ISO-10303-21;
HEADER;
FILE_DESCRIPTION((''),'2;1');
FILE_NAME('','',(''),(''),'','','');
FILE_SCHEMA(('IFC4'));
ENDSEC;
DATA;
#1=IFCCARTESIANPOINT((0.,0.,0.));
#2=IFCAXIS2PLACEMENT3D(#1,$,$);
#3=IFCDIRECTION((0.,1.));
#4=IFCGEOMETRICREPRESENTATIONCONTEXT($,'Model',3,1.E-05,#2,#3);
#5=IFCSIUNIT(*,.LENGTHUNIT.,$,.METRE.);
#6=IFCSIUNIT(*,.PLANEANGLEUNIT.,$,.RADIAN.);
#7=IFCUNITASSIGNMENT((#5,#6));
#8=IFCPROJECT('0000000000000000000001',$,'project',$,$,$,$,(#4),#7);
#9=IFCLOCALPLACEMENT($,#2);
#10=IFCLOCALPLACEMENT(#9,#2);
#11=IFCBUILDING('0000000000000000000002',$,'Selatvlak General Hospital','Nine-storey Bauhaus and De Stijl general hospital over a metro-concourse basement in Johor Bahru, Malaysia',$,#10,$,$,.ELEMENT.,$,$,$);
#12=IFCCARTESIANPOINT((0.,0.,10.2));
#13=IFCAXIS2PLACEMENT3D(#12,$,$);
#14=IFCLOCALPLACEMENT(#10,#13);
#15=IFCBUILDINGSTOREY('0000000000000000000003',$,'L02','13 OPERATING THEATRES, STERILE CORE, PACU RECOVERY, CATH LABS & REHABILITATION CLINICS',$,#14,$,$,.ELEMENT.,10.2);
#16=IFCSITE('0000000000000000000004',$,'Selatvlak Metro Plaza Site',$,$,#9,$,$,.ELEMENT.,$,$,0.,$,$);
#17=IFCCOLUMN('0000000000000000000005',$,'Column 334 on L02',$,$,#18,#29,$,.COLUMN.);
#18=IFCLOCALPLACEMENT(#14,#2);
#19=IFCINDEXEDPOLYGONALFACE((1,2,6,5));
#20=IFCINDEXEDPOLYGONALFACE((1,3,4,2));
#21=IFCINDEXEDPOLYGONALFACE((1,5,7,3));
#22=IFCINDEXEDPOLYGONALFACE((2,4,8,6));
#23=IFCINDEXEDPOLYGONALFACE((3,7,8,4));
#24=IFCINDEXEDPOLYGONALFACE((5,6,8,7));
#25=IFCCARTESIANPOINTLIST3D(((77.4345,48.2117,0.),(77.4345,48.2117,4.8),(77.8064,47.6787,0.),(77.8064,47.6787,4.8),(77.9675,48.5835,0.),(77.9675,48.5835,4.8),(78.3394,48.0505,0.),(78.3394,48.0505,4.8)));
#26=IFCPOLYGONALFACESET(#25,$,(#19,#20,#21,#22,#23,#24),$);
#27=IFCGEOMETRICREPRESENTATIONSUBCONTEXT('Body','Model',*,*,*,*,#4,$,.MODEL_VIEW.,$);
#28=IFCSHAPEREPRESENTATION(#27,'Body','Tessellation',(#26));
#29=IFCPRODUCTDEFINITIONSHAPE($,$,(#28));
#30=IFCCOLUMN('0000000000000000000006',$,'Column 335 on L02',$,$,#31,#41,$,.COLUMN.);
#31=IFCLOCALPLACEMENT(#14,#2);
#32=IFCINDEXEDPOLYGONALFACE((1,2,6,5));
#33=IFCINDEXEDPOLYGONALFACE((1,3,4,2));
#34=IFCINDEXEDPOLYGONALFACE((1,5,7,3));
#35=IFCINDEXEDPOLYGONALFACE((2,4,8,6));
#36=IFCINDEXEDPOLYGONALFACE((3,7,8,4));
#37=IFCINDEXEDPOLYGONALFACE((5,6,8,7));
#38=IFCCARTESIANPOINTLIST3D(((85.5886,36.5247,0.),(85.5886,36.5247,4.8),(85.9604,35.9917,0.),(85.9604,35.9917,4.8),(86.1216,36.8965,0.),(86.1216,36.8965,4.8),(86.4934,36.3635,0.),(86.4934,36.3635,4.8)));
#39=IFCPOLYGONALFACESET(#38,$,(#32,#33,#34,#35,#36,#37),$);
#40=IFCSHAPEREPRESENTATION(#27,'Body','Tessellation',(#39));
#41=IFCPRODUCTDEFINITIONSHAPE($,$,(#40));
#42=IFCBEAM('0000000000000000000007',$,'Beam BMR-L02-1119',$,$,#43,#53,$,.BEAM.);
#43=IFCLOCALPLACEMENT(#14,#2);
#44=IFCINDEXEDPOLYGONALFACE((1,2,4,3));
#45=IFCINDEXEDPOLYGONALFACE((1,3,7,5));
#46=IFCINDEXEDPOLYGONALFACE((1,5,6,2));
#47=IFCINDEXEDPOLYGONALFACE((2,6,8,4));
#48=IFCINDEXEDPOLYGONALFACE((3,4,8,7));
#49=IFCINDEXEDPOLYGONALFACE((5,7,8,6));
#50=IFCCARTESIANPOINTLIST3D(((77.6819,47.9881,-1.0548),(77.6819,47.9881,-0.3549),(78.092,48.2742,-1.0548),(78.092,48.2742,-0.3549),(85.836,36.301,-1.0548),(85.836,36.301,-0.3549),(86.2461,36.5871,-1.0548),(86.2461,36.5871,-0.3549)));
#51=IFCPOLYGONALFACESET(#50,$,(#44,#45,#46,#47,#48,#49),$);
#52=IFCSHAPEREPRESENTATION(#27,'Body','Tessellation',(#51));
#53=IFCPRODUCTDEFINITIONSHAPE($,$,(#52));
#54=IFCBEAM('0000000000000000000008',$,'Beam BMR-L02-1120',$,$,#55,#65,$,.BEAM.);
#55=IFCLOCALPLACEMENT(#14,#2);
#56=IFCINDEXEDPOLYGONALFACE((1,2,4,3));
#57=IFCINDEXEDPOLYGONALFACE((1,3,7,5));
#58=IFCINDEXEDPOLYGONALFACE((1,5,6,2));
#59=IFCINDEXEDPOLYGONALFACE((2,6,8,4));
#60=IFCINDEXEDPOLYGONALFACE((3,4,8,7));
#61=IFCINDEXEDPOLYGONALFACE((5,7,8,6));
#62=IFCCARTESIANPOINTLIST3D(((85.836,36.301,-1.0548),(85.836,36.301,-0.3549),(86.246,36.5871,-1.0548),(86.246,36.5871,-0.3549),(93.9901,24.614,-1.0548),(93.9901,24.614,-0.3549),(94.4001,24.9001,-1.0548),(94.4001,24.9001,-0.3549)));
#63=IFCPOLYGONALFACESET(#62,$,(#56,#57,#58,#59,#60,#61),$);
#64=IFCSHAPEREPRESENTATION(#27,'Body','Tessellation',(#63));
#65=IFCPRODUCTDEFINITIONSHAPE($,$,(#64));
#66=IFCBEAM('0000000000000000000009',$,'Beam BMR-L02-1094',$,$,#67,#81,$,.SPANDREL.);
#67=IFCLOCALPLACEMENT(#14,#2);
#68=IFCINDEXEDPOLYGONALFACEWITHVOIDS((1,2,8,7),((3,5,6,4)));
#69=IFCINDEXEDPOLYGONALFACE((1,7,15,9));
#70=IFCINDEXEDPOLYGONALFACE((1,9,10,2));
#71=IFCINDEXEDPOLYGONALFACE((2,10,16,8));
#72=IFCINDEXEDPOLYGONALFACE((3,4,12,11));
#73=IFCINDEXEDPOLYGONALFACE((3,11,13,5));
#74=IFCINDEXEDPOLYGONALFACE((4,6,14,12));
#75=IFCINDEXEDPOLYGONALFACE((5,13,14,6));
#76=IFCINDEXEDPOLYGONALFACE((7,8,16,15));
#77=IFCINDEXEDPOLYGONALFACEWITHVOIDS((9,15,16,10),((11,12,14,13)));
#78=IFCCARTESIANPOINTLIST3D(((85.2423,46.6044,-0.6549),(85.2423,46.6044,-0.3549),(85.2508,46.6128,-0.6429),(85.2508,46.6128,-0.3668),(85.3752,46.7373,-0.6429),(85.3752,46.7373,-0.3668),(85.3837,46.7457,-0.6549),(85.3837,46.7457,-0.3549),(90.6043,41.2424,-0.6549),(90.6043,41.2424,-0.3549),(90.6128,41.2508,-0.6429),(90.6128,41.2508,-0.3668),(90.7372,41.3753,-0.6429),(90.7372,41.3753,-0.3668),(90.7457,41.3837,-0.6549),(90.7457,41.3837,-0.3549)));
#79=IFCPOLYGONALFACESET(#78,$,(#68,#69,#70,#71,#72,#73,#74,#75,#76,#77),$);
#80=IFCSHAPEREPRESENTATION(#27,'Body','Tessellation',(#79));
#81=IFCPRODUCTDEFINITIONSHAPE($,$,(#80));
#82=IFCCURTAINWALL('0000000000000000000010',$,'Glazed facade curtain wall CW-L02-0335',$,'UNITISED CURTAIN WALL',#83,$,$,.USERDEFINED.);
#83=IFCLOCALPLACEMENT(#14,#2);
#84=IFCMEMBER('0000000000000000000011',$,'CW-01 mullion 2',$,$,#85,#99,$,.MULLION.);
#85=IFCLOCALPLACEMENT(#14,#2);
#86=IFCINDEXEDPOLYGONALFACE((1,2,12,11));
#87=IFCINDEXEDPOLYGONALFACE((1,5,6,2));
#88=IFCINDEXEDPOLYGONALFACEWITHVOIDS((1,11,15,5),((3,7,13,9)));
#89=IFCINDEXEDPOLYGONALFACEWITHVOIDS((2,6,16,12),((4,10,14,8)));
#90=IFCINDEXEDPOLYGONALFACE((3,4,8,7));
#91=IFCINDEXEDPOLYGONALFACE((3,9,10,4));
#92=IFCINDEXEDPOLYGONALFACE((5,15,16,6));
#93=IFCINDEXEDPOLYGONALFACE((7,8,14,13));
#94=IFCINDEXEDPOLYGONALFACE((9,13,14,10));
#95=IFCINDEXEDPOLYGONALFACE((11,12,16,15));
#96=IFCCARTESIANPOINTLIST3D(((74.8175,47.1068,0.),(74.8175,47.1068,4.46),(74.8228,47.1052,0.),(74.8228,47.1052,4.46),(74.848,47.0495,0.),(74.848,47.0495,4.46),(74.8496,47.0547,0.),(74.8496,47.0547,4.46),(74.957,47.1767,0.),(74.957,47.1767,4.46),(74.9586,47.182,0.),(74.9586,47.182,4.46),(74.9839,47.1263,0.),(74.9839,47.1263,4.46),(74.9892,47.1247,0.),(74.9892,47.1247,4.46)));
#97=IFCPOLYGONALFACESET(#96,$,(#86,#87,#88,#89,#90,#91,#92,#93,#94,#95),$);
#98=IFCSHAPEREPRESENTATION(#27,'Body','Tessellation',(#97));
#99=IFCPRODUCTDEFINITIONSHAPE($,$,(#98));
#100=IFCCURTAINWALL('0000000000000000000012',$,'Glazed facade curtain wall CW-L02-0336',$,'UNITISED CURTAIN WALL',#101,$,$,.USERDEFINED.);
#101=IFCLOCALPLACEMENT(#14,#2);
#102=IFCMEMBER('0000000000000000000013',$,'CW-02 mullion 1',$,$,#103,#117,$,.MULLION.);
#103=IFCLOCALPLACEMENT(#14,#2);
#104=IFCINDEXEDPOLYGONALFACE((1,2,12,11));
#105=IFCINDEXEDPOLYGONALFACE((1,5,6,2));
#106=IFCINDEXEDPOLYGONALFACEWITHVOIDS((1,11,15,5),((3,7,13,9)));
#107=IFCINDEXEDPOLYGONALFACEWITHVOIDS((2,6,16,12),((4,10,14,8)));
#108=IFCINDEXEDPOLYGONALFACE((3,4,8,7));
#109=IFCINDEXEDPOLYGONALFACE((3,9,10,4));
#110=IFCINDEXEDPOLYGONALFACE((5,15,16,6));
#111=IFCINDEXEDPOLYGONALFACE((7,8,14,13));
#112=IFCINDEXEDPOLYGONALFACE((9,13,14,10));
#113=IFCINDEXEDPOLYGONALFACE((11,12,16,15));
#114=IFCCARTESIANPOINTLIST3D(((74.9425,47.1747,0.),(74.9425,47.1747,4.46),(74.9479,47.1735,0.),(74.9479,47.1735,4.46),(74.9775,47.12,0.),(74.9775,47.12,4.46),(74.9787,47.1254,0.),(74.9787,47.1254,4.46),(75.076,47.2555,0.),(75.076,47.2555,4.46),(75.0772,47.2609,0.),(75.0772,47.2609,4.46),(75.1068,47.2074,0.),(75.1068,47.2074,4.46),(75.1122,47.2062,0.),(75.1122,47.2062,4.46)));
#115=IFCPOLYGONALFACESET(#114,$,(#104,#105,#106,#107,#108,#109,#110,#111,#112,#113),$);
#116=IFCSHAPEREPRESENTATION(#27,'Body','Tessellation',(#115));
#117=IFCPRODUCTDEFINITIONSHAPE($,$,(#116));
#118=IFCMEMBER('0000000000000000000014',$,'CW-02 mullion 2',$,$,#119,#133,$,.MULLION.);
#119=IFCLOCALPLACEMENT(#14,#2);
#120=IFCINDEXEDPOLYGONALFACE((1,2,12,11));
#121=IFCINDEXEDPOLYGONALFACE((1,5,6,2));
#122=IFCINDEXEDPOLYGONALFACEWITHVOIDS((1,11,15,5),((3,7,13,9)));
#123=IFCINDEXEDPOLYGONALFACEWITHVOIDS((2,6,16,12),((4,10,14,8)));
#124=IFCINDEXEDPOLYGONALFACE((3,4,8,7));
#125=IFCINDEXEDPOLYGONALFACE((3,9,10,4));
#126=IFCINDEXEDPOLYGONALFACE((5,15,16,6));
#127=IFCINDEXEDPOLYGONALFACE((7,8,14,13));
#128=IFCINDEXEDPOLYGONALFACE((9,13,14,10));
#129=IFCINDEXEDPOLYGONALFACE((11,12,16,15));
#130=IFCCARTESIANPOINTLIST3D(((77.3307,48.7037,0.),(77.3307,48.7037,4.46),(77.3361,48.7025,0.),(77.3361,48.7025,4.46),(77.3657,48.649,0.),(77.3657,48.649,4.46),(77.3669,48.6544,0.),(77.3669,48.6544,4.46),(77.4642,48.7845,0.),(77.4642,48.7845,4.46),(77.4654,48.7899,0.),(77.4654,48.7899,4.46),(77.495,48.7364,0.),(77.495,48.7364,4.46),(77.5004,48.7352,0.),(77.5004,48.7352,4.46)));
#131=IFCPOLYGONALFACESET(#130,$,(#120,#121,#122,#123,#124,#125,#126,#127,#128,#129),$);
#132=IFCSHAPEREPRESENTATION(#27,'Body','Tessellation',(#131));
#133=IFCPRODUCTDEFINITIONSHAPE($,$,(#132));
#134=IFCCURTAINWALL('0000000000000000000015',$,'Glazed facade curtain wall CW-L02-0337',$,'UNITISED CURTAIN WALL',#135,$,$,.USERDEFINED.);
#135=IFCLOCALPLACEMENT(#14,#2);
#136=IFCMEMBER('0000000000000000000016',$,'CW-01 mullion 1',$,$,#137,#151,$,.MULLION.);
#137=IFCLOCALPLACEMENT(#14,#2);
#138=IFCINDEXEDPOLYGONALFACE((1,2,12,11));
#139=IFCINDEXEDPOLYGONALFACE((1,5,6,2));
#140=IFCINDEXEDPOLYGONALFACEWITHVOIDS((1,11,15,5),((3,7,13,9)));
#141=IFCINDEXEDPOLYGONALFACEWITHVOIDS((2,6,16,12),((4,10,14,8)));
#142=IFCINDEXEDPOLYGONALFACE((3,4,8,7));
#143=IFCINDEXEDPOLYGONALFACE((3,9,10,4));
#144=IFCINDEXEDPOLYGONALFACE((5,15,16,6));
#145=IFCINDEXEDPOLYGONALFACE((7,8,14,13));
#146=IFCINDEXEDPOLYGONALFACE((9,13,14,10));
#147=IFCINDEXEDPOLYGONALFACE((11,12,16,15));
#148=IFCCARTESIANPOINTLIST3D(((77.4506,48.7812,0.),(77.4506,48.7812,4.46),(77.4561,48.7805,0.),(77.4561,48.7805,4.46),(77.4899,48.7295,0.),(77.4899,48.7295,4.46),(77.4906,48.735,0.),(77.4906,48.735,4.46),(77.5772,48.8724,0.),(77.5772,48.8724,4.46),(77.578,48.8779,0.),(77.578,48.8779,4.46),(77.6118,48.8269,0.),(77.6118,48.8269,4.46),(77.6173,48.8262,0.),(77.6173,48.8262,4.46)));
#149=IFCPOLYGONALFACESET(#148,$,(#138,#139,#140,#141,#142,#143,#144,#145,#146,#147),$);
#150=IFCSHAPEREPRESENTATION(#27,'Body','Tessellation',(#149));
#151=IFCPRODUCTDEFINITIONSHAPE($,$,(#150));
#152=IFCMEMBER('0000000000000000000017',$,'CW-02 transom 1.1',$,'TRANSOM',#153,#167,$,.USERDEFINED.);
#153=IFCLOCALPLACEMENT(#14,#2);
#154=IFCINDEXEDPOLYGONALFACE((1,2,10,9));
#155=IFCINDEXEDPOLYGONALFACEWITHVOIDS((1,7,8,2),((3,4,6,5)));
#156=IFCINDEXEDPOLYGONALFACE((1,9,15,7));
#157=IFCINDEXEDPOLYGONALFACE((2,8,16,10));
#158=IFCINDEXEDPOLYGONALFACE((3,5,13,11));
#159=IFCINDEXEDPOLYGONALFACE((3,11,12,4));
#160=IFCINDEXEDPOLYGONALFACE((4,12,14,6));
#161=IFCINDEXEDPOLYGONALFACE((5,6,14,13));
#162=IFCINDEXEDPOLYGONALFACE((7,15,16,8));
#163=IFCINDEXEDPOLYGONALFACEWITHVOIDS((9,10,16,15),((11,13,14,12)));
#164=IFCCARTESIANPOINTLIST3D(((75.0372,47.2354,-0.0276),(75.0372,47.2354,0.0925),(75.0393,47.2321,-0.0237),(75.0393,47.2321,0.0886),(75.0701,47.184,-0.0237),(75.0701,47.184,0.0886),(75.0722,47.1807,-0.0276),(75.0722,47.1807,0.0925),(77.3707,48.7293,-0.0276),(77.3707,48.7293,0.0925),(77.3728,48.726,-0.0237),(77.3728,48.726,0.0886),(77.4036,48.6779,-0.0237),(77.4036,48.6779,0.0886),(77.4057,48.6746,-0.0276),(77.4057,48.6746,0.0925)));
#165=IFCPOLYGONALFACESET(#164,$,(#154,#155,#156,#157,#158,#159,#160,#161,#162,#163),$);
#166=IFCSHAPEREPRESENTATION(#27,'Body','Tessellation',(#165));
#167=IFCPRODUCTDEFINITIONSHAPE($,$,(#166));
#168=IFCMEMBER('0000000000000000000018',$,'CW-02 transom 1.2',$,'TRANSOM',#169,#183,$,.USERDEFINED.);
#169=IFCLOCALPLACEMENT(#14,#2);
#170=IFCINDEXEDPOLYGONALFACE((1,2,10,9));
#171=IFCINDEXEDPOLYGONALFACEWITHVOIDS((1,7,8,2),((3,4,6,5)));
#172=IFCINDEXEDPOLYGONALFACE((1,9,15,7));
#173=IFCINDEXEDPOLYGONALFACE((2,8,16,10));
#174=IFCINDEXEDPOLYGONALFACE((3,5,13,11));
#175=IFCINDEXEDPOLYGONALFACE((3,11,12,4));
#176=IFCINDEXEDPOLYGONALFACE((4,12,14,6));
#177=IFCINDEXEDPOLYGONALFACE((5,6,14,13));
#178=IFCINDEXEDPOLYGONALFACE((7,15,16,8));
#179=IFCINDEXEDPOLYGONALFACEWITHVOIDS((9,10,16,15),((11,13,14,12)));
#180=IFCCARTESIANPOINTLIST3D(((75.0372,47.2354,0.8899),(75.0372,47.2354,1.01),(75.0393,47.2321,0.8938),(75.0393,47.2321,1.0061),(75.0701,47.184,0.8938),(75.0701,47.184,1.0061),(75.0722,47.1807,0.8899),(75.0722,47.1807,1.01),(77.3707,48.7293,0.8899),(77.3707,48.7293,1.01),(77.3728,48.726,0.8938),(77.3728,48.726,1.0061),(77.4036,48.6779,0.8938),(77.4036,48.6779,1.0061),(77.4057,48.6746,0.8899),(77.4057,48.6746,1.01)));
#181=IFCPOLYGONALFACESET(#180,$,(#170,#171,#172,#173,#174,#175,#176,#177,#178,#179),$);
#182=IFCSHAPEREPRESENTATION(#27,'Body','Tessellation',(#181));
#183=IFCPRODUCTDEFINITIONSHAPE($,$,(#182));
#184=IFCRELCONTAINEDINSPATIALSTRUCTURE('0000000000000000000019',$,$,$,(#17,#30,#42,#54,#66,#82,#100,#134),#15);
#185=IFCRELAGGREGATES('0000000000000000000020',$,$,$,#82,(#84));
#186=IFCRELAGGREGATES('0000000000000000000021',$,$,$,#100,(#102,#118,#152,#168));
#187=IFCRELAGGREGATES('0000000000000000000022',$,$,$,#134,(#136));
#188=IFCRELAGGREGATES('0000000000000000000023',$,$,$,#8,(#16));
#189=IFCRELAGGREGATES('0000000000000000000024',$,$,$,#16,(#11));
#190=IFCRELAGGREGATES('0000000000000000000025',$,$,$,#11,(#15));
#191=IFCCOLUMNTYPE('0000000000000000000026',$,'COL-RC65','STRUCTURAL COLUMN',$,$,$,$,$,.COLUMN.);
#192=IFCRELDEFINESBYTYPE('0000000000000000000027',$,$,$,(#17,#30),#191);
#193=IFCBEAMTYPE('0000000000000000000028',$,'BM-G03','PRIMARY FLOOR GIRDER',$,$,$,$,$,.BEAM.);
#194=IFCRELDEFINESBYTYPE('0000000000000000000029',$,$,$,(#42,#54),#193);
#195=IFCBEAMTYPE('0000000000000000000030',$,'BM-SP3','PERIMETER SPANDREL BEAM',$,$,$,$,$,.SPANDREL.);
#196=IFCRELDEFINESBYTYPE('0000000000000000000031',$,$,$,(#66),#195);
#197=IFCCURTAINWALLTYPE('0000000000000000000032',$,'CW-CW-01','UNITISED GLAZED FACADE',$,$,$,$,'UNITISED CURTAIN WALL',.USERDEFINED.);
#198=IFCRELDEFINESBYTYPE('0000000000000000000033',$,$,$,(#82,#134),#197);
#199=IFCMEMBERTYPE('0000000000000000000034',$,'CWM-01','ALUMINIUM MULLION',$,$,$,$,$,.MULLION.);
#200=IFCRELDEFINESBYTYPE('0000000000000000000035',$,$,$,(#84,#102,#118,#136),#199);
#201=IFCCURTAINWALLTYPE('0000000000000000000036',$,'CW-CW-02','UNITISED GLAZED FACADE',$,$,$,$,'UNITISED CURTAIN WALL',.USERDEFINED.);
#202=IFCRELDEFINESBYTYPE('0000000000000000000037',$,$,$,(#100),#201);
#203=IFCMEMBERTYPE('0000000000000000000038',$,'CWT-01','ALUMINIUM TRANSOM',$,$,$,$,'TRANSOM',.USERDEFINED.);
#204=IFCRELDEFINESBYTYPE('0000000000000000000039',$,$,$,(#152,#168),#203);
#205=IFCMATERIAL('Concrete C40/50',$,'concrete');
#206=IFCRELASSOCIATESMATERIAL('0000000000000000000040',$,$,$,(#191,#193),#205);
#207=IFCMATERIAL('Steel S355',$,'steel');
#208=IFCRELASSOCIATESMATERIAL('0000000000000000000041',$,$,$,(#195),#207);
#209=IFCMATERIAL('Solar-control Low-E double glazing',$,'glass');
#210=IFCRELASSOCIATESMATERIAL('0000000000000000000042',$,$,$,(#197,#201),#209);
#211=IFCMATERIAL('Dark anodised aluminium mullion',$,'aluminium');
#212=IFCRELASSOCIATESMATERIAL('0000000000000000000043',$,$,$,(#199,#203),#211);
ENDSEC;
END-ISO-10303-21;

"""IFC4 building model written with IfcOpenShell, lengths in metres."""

from ifc_helpers import new_model, si_unit, direction, frame, origin, origin_2d, place, context, subcontext, project, spatial, rectangle, hollow_rectangle, extrude, material, material_profile, profile_set, type_object, element, aggregate, save


model = new_model("IFC4")

# Units and contexts
model_context = context("Model", 3, precision=1e-05, world=origin(), true_north=direction((0.0, 1.0)))
body_context = subcontext(model_context, "Body", "Model", "MODEL_VIEW")
ifc_project = project(units=[si_unit("LENGTHUNIT", "METRE"), si_unit("PLANEANGLEUNIT", "RADIAN")], contexts=[model_context])

# Site, building, storey
site_placement = place(None, origin())
site = spatial("IfcSite", under=ifc_project, at=site_placement, Name="Selatvlak Metro Plaza Site", CompositionType="ELEMENT", RefElevation=0.0)
building_placement = place(site_placement, origin())
building = spatial("IfcBuilding", under=site, at=building_placement, Name="Selatvlak General Hospital", Description="Nine-storey Bauhaus and De Stijl general hospital over a metro-concourse basement in Johor Bahru, Malaysia", CompositionType="ELEMENT")
storey_placement = place(building_placement, frame((0.0, 0.0, 10.2)))
storey = spatial("IfcBuildingStorey", under=building, at=storey_placement, Name="L02", Description="13 OPERATING THEATRES, STERILE CORE, PACU RECOVERY, CATH LABS & REHABILITATION CLINICS", CompositionType="ELEMENT", Elevation=10.2)

# Columns
ifc_material_1 = material(Name="Concrete C40/50", Category="concrete")
ifc_material_profile_1 = material_profile(ifc_material_1, rectangle(XDim=0.6499, YDim=0.6499, at=origin_2d()), Name="RC-COL 650x650")
ifc_profile_set_1 = profile_set([ifc_material_profile_1], Name="Concrete C40/50")
column_type_1 = type_object("IfcColumnType", Name="COL-RC65", Description="STRUCTURAL COLUMN", PredefinedType="COLUMN", material=ifc_profile_set_1)
for number, where, z_axis, x_axis, name in (
    (1, (77.887, 48.1311, 0.0), (0.0, 0.0, 1.0), (-0.572189, 0.820122, 0.0), "Column 334 on L02"),
    (2, (86.041, 36.4441, 0.0), (0.0, 0.0, 1.0), (-0.572189, 0.820122, 0.0), "Column 335 on L02"),
):
    element("IfcColumn", number, at=place(storey_placement, frame(where, z_axis=z_axis, x_axis=x_axis)), inside=storey, type_object=column_type_1, Name=name, PredefinedType="COLUMN", context=body_context, shape_type="SweptSolid", body=[
        extrude(rectangle(XDim=0.6499, YDim=0.6499, at=origin_2d()), origin(), (0.0, 0.0, 1.0), 4.8),
    ])

# Beams
ifc_material_profile_2 = material_profile(ifc_material_1, rectangle(XDim=0.5, YDim=0.7, at=origin_2d()), Name="RC-BM 500x700")
ifc_profile_set_2 = profile_set([ifc_material_profile_2], Name="Concrete C40/50")
beam_type_1 = type_object("IfcBeamType", Name="BM-G03", Description="PRIMARY FLOOR GIRDER", PredefinedType="BEAM", material=ifc_profile_set_2)
for number, where, z_axis, x_axis, name in (
    (3, (77.887, 48.1311, -0.7048), (0.572197, -0.820116, 0.0), (0.820116, 0.572197, 0.0), "Beam BMR-L02-1119"),
    (4, (86.041, 36.4441, -0.7048), (0.572197, -0.820116, 0.0), (0.820116, 0.572197, 0.0), "Beam BMR-L02-1120"),
):
    element("IfcBeam", number, at=place(storey_placement, frame(where, z_axis=z_axis, x_axis=x_axis)), inside=storey, type_object=beam_type_1, Name=name, PredefinedType="BEAM", context=body_context, shape_type="SweptSolid", body=[
        extrude(rectangle(XDim=0.5, YDim=0.7, at=origin_2d()), origin(), (0.0, 0.0, 1.0), 14.2505),
    ])
ifc_material_2 = material(Name="Steel S355", Category="steel")
ifc_material_profile_3 = material_profile(ifc_material_2, hollow_rectangle(XDim=0.2, YDim=0.3, WallThickness=0.012, at=origin_2d()), Name="RHS 300x200x12")
ifc_profile_set_3 = profile_set([ifc_material_profile_3], Name="Steel S355")
beam_type_2 = type_object("IfcBeamType", Name="BM-SP3", Description="PERIMETER SPANDREL BEAM", PredefinedType="SPANDREL", material=ifc_profile_set_3)
beam_placement = place(storey_placement, frame((85.313, 46.675, -0.5049), z_axis=(0.707107, -0.707107, 0.0), x_axis=(0.707107, 0.707107, 0.0)))
element("IfcBeam", 5, at=beam_placement, inside=storey, type_object=beam_type_2, Name="Beam BMR-L02-1094", PredefinedType="SPANDREL", context=body_context, shape_type="SweptSolid", body=[
    extrude(hollow_rectangle(XDim=0.2, YDim=0.3, WallThickness=0.012, at=origin_2d()), origin(), (0.0, 0.0, 1.0), 7.583),
])

# Curtain wall, member
ifc_material_3 = material(Name="Solar-control Low-E double glazing", Category="glass")
curtain_wall_type_1 = type_object("IfcCurtainWallType", Name="CW-CW-01", Description="UNITISED GLAZED FACADE", ElementType="UNITISED CURTAIN WALL", PredefinedType="USERDEFINED", material=ifc_material_3)
curtain_wall_1_placement = place(storey_placement, origin())
curtain_wall_1 = element("IfcCurtainWall", 6, at=curtain_wall_1_placement, inside=storey, type_object=curtain_wall_type_1, Name="Glazed facade curtain wall CW-L02-0335", ObjectType="UNITISED CURTAIN WALL", PredefinedType="USERDEFINED")
ifc_material_4 = material(Name="Dark anodised aluminium mullion", Category="aluminium")
ifc_material_profile_4 = material_profile(ifc_material_4, hollow_rectangle(XDim=0.0649, YDim=0.1599, WallThickness=0.0039, at=origin_2d()), Name="AL-MUL 65x160x4")
ifc_profile_set_4 = profile_set([ifc_material_profile_4], Name="Dark anodised aluminium mullion")
member_type_1 = type_object("IfcMemberType", Name="CWM-01", Description="ALUMINIUM MULLION", PredefinedType="MULLION", material=ifc_profile_set_4)
member_1_placement = place(storey_placement, frame((74.9033, 47.1157, 0.0), z_axis=(0.0, 0.0, 1.0), x_axis=(-0.470338, 0.882486, 0.0)))
member_1 = element("IfcMember", 7, at=member_1_placement, type_object=member_type_1, Name="CW-01 mullion 2", PredefinedType="MULLION", context=body_context, shape_type="SweptSolid", body=[
    extrude(hollow_rectangle(XDim=0.0649, YDim=0.1599, WallThickness=0.0039, at=origin_2d()), origin(), (0.0, 0.0, 1.0), 4.46),
])
aggregate(curtain_wall_1, [member_1])

# Curtain wall, members
curtain_wall_type_2 = type_object("IfcCurtainWallType", Name="CW-CW-02", Description="UNITISED GLAZED FACADE", ElementType="UNITISED CURTAIN WALL", PredefinedType="USERDEFINED", material=ifc_material_3)
curtain_wall_2_placement = place(storey_placement, origin())
curtain_wall_2 = element("IfcCurtainWall", 8, at=curtain_wall_2_placement, inside=storey, type_object=curtain_wall_type_2, Name="Glazed facade curtain wall CW-L02-0336", ObjectType="UNITISED CURTAIN WALL", PredefinedType="USERDEFINED")
member_2_placement = place(storey_placement, frame((75.0273, 47.1904, 0.0), z_axis=(0.0, 0.0, 1.0), x_axis=(-0.539171, 0.842196, 0.0)))
member_2 = element("IfcMember", 9, at=member_2_placement, type_object=member_type_1, Name="CW-02 mullion 1", PredefinedType="MULLION", context=body_context, shape_type="SweptSolid", body=[
    extrude(hollow_rectangle(XDim=0.0649, YDim=0.1599, WallThickness=0.0039, at=origin_2d()), origin(), (0.0, 0.0, 1.0), 4.46),
])
member_3_placement = place(storey_placement, frame((77.4155, 48.7195, 0.0), z_axis=(0.0, 0.0, 1.0), x_axis=(-0.539171, 0.842196, 0.0)))
member_3 = element("IfcMember", 10, at=member_3_placement, type_object=member_type_1, Name="CW-02 mullion 2", PredefinedType="MULLION", context=body_context, shape_type="SweptSolid", body=[
    extrude(hollow_rectangle(XDim=0.0649, YDim=0.1599, WallThickness=0.0039, at=origin_2d()), origin(), (0.0, 0.0, 1.0), 4.46),
])

# Curtain wall, member
curtain_wall_3_placement = place(storey_placement, origin())
curtain_wall_3 = element("IfcCurtainWall", 11, at=curtain_wall_3_placement, inside=storey, type_object=curtain_wall_type_1, Name="Glazed facade curtain wall CW-L02-0337", ObjectType="UNITISED CURTAIN WALL", PredefinedType="USERDEFINED")
member_4_placement = place(storey_placement, frame((77.5339, 48.8037, 0.0), z_axis=(0.0, 0.0, 1.0), x_axis=(-0.604515, 0.796594, 0.0)))
member_4 = element("IfcMember", 12, at=member_4_placement, type_object=member_type_1, Name="CW-01 mullion 1", PredefinedType="MULLION", context=body_context, shape_type="SweptSolid", body=[
    extrude(hollow_rectangle(XDim=0.0649, YDim=0.1599, WallThickness=0.0039, at=origin_2d()), origin(), (0.0, 0.0, 1.0), 4.46),
])

# Members
ifc_material_profile_5 = material_profile(ifc_material_4, hollow_rectangle(XDim=0.0649, YDim=0.1201, WallThickness=0.0039, at=origin_2d()), Name="AL-TRN 65x120x4")
ifc_profile_set_5 = profile_set([ifc_material_profile_5], Name="Dark anodised aluminium mullion")
member_type_2 = type_object("IfcMemberType", Name="CWT-01", Description="ALUMINIUM TRANSOM", ElementType="TRANSOM", PredefinedType="USERDEFINED", material=ifc_profile_set_5)
member_5_placement = place(storey_placement, frame((75.0547, 47.208, 0.0325), z_axis=(0.842196, 0.539171, 0.0), x_axis=(-0.539171, 0.842196, 0.0)))
member_5 = element("IfcMember", 13, at=member_5_placement, type_object=member_type_2, Name="CW-02 transom 1.1", ObjectType="TRANSOM", PredefinedType="USERDEFINED", context=body_context, shape_type="SweptSolid", body=[
    extrude(hollow_rectangle(XDim=0.0649, YDim=0.1201, WallThickness=0.0039, at=origin_2d()), origin(), (0.0, 0.0, 1.0), 2.7708),
])
member_6_placement = place(storey_placement, frame((75.0547, 47.208, 0.95), z_axis=(0.842196, 0.539171, 0.0), x_axis=(-0.539171, 0.842196, 0.0)))
member_6 = element("IfcMember", 14, at=member_6_placement, type_object=member_type_2, Name="CW-02 transom 1.2", ObjectType="TRANSOM", PredefinedType="USERDEFINED", context=body_context, shape_type="SweptSolid", body=[
    extrude(hollow_rectangle(XDim=0.0649, YDim=0.1201, WallThickness=0.0039, at=origin_2d()), origin(), (0.0, 0.0, 1.0), 2.7708),
])

aggregate(curtain_wall_2, [member_2, member_3, member_5, member_6])
aggregate(curtain_wall_3, [member_4])

save(model, "model.ifc")
